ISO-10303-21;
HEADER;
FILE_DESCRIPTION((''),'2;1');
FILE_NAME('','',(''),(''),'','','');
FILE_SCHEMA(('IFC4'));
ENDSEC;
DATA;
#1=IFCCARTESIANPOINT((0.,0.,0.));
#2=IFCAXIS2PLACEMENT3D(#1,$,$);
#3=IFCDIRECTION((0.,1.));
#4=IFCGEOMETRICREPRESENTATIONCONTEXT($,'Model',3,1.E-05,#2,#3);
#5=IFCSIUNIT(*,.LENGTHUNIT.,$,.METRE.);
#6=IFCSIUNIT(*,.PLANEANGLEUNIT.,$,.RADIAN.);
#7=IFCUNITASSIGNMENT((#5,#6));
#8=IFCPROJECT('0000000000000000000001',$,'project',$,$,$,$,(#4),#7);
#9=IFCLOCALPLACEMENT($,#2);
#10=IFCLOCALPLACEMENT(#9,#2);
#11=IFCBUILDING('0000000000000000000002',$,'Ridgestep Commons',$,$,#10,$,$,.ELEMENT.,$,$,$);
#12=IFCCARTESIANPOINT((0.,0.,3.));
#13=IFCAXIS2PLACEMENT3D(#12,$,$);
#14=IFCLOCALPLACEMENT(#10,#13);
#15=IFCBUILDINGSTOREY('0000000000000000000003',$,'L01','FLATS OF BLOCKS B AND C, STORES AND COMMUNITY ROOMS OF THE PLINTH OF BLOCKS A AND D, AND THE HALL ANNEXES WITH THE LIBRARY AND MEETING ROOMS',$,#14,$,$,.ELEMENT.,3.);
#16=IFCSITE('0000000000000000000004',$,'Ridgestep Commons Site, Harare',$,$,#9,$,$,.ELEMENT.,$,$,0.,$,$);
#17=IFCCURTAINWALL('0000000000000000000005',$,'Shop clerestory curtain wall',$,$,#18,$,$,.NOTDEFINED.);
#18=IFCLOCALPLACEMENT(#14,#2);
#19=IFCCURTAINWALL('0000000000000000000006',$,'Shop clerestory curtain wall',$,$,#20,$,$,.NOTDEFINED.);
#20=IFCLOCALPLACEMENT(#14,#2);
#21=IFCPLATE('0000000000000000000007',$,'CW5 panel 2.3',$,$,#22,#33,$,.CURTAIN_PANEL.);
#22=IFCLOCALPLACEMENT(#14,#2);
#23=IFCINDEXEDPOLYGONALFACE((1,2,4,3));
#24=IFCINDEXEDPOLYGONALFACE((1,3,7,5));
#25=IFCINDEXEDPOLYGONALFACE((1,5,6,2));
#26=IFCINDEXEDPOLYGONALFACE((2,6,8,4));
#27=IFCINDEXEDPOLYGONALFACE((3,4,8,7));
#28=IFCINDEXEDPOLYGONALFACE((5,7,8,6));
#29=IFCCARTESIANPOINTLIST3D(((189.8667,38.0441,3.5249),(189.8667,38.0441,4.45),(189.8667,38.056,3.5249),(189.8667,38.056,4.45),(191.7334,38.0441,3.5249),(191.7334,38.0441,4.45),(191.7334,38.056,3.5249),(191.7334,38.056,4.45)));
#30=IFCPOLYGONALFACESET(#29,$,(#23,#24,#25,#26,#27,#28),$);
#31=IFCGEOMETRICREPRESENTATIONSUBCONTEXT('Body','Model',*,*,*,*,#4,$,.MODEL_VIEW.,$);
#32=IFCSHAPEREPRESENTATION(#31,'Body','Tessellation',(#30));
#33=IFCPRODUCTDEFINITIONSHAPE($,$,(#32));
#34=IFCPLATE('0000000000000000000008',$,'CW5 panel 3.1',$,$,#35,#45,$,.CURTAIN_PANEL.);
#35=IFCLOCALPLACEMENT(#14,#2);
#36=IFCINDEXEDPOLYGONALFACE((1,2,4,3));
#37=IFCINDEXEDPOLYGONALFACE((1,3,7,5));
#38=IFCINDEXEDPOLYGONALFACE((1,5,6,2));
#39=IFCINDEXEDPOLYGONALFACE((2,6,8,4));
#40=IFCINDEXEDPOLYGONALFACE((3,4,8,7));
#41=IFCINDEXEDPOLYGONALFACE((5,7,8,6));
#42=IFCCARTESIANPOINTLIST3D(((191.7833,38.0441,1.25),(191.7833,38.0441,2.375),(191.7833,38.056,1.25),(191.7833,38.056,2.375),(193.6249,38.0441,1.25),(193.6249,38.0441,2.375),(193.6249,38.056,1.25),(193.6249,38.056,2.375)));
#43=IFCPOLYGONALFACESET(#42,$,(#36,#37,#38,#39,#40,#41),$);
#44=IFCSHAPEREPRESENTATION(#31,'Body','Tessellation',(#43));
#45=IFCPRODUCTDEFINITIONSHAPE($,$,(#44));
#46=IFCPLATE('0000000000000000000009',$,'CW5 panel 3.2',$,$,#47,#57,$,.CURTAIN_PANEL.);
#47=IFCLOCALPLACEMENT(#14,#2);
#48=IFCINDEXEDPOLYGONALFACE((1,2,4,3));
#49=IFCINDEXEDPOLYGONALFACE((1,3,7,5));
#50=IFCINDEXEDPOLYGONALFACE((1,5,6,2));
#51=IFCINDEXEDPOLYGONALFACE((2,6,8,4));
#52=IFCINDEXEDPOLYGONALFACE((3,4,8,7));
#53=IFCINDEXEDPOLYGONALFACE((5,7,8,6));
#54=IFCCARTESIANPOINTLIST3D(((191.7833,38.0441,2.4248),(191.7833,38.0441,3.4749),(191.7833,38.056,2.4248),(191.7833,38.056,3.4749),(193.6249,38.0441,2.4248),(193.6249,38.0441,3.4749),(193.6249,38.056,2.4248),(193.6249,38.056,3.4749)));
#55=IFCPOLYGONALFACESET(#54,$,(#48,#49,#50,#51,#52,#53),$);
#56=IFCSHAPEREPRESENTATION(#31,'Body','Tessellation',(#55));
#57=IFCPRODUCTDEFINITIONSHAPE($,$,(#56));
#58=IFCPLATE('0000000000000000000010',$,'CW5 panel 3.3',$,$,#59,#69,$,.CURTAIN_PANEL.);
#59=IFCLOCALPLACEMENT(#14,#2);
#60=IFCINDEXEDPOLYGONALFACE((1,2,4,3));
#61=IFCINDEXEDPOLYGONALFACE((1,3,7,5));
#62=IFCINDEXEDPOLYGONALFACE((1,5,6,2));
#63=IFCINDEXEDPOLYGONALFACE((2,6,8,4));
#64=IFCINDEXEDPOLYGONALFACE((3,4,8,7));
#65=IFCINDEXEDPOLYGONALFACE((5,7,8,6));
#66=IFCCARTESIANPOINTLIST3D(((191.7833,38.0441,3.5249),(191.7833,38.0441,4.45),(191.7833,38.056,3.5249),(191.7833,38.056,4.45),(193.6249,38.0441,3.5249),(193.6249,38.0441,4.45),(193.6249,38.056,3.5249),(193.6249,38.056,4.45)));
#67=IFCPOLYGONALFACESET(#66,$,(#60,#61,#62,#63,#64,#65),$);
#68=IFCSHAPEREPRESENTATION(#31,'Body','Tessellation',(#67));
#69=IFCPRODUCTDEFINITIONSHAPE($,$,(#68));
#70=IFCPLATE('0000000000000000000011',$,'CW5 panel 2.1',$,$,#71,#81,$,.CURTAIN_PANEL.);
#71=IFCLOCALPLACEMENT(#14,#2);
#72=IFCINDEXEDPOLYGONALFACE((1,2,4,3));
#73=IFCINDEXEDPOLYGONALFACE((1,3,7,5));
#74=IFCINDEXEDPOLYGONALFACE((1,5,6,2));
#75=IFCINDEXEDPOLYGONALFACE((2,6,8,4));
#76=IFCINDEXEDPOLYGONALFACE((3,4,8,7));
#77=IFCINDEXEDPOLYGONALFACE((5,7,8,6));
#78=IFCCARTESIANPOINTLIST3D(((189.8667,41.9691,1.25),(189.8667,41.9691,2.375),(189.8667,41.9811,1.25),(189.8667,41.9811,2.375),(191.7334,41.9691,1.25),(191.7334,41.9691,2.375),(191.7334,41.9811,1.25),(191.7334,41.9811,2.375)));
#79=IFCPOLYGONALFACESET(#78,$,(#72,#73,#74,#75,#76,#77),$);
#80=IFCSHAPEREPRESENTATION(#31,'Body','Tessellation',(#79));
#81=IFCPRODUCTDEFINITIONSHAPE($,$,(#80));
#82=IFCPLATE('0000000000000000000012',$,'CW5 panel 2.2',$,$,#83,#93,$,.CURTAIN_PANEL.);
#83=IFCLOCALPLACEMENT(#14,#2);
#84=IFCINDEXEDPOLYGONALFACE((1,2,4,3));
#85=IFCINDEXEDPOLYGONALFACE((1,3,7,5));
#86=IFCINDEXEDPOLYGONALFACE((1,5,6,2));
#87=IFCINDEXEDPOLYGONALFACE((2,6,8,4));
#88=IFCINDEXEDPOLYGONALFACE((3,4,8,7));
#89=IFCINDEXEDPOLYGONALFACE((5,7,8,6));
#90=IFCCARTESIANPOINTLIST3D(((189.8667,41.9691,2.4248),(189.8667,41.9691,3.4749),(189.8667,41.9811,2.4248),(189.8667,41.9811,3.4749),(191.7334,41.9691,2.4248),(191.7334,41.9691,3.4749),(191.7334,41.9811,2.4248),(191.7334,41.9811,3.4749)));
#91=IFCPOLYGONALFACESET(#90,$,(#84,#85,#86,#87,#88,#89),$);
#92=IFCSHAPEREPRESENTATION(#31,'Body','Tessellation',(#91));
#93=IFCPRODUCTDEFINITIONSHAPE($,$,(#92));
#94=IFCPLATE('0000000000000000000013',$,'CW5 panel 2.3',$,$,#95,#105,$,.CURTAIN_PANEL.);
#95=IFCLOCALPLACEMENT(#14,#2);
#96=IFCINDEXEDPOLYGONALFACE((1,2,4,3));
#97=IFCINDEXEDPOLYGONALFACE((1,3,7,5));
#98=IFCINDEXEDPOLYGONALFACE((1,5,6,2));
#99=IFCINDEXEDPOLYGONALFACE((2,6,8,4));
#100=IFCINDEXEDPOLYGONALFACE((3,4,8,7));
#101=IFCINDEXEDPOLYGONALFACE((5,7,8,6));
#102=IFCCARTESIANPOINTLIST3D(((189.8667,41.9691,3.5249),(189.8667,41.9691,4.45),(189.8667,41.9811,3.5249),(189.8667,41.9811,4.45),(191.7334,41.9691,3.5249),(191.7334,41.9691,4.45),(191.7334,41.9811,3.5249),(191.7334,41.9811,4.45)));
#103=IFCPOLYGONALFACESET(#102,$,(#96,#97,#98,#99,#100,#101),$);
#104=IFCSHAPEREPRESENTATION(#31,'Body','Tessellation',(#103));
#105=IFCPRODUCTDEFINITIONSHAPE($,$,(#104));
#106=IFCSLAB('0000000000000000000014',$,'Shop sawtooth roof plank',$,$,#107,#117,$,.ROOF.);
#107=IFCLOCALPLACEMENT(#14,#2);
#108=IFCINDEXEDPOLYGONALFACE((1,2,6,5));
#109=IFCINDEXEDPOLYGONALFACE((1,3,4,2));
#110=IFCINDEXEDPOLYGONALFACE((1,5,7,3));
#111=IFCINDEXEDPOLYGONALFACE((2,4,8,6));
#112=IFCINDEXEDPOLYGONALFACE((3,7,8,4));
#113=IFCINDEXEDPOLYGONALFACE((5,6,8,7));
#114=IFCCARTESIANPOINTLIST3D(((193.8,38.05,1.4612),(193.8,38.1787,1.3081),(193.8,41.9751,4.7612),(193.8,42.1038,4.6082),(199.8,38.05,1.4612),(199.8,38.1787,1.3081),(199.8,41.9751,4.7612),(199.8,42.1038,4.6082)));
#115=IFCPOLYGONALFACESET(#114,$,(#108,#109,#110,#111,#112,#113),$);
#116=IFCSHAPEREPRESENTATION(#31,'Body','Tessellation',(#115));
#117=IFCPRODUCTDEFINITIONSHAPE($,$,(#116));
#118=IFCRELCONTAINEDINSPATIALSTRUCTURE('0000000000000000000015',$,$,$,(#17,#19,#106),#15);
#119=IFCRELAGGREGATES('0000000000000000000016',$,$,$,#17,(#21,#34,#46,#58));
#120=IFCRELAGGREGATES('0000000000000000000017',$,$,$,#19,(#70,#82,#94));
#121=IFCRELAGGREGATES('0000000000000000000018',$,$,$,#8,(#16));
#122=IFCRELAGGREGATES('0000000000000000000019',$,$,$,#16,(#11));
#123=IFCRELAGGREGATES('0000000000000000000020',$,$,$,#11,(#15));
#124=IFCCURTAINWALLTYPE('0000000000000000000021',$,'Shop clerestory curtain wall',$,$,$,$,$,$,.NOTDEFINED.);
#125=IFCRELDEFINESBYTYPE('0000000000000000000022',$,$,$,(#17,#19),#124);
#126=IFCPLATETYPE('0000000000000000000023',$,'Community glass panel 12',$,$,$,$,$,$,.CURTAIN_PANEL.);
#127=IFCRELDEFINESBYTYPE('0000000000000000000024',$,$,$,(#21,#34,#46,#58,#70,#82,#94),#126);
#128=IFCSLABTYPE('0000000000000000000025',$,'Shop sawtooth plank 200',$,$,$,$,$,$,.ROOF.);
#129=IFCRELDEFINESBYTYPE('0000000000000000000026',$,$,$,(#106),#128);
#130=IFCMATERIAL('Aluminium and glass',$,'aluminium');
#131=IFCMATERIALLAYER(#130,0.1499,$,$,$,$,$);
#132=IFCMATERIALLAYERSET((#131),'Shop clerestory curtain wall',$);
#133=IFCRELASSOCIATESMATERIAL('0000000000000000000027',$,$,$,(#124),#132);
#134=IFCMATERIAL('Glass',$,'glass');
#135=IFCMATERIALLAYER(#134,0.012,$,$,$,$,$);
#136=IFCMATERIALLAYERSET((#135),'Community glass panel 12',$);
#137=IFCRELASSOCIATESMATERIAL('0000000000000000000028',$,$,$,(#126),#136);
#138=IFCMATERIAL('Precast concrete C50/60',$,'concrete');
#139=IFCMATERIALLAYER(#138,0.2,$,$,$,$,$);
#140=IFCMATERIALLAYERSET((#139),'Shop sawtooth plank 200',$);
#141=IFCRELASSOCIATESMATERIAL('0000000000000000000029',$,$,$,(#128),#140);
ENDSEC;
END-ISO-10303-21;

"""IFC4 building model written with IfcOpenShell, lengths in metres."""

from ifc_helpers import new_model, si_unit, direction, frame, origin, origin_2d, place, context, subcontext, project, spatial, polyline, rectangle, outline, extrude, material, layer, layer_set, type_object, element, aggregate, save


model = new_model("IFC4")

# Units and contexts
model_context = context("Model", 3, precision=1e-05, world=origin(), true_north=direction((0.0, 1.0)))
body_context = subcontext(model_context, "Body", "Model", "MODEL_VIEW")
ifc_project = project(units=[si_unit("LENGTHUNIT", "METRE"), si_unit("PLANEANGLEUNIT", "RADIAN")], contexts=[model_context])

# Site, building, storey
site_placement = place(None, origin())
site = spatial("IfcSite", under=ifc_project, at=site_placement, Name="Ridgestep Commons Site, Harare", CompositionType="ELEMENT", RefElevation=0.0)
building_placement = place(site_placement, origin())
building = spatial("IfcBuilding", under=site, at=building_placement, Name="Ridgestep Commons", CompositionType="ELEMENT")
storey_placement = place(building_placement, frame((0.0, 0.0, 3.0)))
storey = spatial("IfcBuildingStorey", under=building, at=storey_placement, Name="L01", Description="FLATS OF BLOCKS B AND C, STORES AND COMMUNITY ROOMS OF THE PLINTH OF BLOCKS A AND D, AND THE HALL ANNEXES WITH THE LIBRARY AND MEETING ROOMS", CompositionType="ELEMENT", Elevation=3.0)

# Curtain wall
ifc_material_1 = material(Name="Aluminium and glass", Category="aluminium")
ifc_layer_1 = layer(ifc_material_1, 0.1499)
ifc_layer_set_1 = layer_set([ifc_layer_1], Name="Shop clerestory curtain wall")
curtain_wall_type = type_object("IfcCurtainWallType", Name="Shop clerestory curtain wall", PredefinedType="NOTDEFINED", material=ifc_layer_set_1)
curtain_wall_1_placement = place(storey_placement, origin())
curtain_wall_1 = element("IfcCurtainWall", 1, at=curtain_wall_1_placement, inside=storey, type_object=curtain_wall_type, Name="Shop clerestory curtain wall", PredefinedType="NOTDEFINED")

# Curtain wall
curtain_wall_2_placement = place(storey_placement, origin())
curtain_wall_2 = element("IfcCurtainWall", 2, at=curtain_wall_2_placement, inside=storey, type_object=curtain_wall_type, Name="Shop clerestory curtain wall", PredefinedType="NOTDEFINED")

# Plates
ifc_material_2 = material(Name="Glass", Category="glass")
ifc_layer_2 = layer(ifc_material_2, 0.012)
ifc_layer_set_2 = layer_set([ifc_layer_2], Name="Community glass panel 12")
plate_type = type_object("IfcPlateType", Name="Community glass panel 12", PredefinedType="CURTAIN_PANEL", material=ifc_layer_set_2)
plate_1_placement = place(storey_placement, frame((190.8, 38.05, 3.5249), z_axis=(0.0, 0.0, 1.0), x_axis=(1.0, 0.0, 0.0)))
plate_1 = element("IfcPlate", 3, at=plate_1_placement, type_object=plate_type, Name="CW5 panel 2.3", PredefinedType="CURTAIN_PANEL", context=body_context, shape_type="SweptSolid", body=[
    extrude(rectangle(XDim=1.8667, YDim=0.012, at=origin_2d()), origin(), (0.0, 0.0, 1.0), 0.925),
])
plate_2_placement = place(storey_placement, frame((192.7041, 38.05, 1.25), z_axis=(0.0, 0.0, 1.0), x_axis=(1.0, 0.0, 0.0)))
plate_2 = element("IfcPlate", 4, at=plate_2_placement, type_object=plate_type, Name="CW5 panel 3.1", PredefinedType="CURTAIN_PANEL", context=body_context, shape_type="SweptSolid", body=[
    extrude(rectangle(XDim=1.8416, YDim=0.012, at=origin_2d()), origin(), (0.0, 0.0, 1.0), 1.125),
])
plate_3_placement = place(storey_placement, frame((192.7041, 38.05, 2.4248), z_axis=(0.0, 0.0, 1.0), x_axis=(1.0, 0.0, 0.0)))
plate_3 = element("IfcPlate", 5, at=plate_3_placement, type_object=plate_type, Name="CW5 panel 3.2", PredefinedType="CURTAIN_PANEL", context=body_context, shape_type="SweptSolid", body=[
    extrude(rectangle(XDim=1.8416, YDim=0.012, at=origin_2d()), origin(), (0.0, 0.0, 1.0), 1.05),
])
plate_4_placement = place(storey_placement, frame((192.7041, 38.05, 3.5249), z_axis=(0.0, 0.0, 1.0), x_axis=(1.0, 0.0, 0.0)))
plate_4 = element("IfcPlate", 6, at=plate_4_placement, type_object=plate_type, Name="CW5 panel 3.3", PredefinedType="CURTAIN_PANEL", context=body_context, shape_type="SweptSolid", body=[
    extrude(rectangle(XDim=1.8416, YDim=0.012, at=origin_2d()), origin(), (0.0, 0.0, 1.0), 0.925),
])
aggregate(curtain_wall_1, [plate_1, plate_2, plate_3, plate_4])
plate_5_placement = place(storey_placement, frame((190.8, 41.9751, 1.25), z_axis=(0.0, 0.0, 1.0), x_axis=(1.0, 0.0, 0.0)))
plate_5 = element("IfcPlate", 7, at=plate_5_placement, type_object=plate_type, Name="CW5 panel 2.1", PredefinedType="CURTAIN_PANEL", context=body_context, shape_type="SweptSolid", body=[
    extrude(rectangle(XDim=1.8667, YDim=0.012, at=origin_2d()), origin(), (0.0, 0.0, 1.0), 1.125),
])
plate_6_placement = place(storey_placement, frame((190.8, 41.9751, 2.4248), z_axis=(0.0, 0.0, 1.0), x_axis=(1.0, 0.0, 0.0)))
plate_6 = element("IfcPlate", 8, at=plate_6_placement, type_object=plate_type, Name="CW5 panel 2.2", PredefinedType="CURTAIN_PANEL", context=body_context, shape_type="SweptSolid", body=[
    extrude(rectangle(XDim=1.8667, YDim=0.012, at=origin_2d()), origin(), (0.0, 0.0, 1.0), 1.05),
])
plate_7_placement = place(storey_placement, frame((190.8, 41.9751, 3.5249), z_axis=(0.0, 0.0, 1.0), x_axis=(1.0, 0.0, 0.0)))
plate_7 = element("IfcPlate", 9, at=plate_7_placement, type_object=plate_type, Name="CW5 panel 2.3", PredefinedType="CURTAIN_PANEL", context=body_context, shape_type="SweptSolid", body=[
    extrude(rectangle(XDim=1.8667, YDim=0.012, at=origin_2d()), origin(), (0.0, 0.0, 1.0), 0.925),
])
aggregate(curtain_wall_2, [plate_5, plate_6, plate_7])

# Slab
ifc_material_3 = material(Name="Precast concrete C50/60", Category="concrete")
ifc_layer_3 = layer(ifc_material_3, 0.2)
ifc_layer_set_3 = layer_set([ifc_layer_3], Name="Shop sawtooth plank 200")
slab_type = type_object("IfcSlabType", Name="Shop sawtooth plank 200", PredefinedType="ROOF", material=ifc_layer_set_3)
slab_placement = place(storey_placement, frame((193.8, 38.05, 1.4612), z_axis=(0.0, -0.643536, 0.765416), x_axis=(1.0, 0.0, 0.0)))
element("IfcSlab", 10, at=slab_placement, inside=storey, type_object=slab_type, Name="Shop sawtooth roof plank", PredefinedType="ROOF", context=body_context, shape_type="SweptSolid", body=[
    extrude(outline(polyline([(0.0, 0.0), (6.0, 0.0), (6.0, 5.128), (0.0, 5.128), (0.0, 0.0)])), origin(), (0.0, 0.0, -1.0), 0.2),
])

save(model, "model.ifc")
